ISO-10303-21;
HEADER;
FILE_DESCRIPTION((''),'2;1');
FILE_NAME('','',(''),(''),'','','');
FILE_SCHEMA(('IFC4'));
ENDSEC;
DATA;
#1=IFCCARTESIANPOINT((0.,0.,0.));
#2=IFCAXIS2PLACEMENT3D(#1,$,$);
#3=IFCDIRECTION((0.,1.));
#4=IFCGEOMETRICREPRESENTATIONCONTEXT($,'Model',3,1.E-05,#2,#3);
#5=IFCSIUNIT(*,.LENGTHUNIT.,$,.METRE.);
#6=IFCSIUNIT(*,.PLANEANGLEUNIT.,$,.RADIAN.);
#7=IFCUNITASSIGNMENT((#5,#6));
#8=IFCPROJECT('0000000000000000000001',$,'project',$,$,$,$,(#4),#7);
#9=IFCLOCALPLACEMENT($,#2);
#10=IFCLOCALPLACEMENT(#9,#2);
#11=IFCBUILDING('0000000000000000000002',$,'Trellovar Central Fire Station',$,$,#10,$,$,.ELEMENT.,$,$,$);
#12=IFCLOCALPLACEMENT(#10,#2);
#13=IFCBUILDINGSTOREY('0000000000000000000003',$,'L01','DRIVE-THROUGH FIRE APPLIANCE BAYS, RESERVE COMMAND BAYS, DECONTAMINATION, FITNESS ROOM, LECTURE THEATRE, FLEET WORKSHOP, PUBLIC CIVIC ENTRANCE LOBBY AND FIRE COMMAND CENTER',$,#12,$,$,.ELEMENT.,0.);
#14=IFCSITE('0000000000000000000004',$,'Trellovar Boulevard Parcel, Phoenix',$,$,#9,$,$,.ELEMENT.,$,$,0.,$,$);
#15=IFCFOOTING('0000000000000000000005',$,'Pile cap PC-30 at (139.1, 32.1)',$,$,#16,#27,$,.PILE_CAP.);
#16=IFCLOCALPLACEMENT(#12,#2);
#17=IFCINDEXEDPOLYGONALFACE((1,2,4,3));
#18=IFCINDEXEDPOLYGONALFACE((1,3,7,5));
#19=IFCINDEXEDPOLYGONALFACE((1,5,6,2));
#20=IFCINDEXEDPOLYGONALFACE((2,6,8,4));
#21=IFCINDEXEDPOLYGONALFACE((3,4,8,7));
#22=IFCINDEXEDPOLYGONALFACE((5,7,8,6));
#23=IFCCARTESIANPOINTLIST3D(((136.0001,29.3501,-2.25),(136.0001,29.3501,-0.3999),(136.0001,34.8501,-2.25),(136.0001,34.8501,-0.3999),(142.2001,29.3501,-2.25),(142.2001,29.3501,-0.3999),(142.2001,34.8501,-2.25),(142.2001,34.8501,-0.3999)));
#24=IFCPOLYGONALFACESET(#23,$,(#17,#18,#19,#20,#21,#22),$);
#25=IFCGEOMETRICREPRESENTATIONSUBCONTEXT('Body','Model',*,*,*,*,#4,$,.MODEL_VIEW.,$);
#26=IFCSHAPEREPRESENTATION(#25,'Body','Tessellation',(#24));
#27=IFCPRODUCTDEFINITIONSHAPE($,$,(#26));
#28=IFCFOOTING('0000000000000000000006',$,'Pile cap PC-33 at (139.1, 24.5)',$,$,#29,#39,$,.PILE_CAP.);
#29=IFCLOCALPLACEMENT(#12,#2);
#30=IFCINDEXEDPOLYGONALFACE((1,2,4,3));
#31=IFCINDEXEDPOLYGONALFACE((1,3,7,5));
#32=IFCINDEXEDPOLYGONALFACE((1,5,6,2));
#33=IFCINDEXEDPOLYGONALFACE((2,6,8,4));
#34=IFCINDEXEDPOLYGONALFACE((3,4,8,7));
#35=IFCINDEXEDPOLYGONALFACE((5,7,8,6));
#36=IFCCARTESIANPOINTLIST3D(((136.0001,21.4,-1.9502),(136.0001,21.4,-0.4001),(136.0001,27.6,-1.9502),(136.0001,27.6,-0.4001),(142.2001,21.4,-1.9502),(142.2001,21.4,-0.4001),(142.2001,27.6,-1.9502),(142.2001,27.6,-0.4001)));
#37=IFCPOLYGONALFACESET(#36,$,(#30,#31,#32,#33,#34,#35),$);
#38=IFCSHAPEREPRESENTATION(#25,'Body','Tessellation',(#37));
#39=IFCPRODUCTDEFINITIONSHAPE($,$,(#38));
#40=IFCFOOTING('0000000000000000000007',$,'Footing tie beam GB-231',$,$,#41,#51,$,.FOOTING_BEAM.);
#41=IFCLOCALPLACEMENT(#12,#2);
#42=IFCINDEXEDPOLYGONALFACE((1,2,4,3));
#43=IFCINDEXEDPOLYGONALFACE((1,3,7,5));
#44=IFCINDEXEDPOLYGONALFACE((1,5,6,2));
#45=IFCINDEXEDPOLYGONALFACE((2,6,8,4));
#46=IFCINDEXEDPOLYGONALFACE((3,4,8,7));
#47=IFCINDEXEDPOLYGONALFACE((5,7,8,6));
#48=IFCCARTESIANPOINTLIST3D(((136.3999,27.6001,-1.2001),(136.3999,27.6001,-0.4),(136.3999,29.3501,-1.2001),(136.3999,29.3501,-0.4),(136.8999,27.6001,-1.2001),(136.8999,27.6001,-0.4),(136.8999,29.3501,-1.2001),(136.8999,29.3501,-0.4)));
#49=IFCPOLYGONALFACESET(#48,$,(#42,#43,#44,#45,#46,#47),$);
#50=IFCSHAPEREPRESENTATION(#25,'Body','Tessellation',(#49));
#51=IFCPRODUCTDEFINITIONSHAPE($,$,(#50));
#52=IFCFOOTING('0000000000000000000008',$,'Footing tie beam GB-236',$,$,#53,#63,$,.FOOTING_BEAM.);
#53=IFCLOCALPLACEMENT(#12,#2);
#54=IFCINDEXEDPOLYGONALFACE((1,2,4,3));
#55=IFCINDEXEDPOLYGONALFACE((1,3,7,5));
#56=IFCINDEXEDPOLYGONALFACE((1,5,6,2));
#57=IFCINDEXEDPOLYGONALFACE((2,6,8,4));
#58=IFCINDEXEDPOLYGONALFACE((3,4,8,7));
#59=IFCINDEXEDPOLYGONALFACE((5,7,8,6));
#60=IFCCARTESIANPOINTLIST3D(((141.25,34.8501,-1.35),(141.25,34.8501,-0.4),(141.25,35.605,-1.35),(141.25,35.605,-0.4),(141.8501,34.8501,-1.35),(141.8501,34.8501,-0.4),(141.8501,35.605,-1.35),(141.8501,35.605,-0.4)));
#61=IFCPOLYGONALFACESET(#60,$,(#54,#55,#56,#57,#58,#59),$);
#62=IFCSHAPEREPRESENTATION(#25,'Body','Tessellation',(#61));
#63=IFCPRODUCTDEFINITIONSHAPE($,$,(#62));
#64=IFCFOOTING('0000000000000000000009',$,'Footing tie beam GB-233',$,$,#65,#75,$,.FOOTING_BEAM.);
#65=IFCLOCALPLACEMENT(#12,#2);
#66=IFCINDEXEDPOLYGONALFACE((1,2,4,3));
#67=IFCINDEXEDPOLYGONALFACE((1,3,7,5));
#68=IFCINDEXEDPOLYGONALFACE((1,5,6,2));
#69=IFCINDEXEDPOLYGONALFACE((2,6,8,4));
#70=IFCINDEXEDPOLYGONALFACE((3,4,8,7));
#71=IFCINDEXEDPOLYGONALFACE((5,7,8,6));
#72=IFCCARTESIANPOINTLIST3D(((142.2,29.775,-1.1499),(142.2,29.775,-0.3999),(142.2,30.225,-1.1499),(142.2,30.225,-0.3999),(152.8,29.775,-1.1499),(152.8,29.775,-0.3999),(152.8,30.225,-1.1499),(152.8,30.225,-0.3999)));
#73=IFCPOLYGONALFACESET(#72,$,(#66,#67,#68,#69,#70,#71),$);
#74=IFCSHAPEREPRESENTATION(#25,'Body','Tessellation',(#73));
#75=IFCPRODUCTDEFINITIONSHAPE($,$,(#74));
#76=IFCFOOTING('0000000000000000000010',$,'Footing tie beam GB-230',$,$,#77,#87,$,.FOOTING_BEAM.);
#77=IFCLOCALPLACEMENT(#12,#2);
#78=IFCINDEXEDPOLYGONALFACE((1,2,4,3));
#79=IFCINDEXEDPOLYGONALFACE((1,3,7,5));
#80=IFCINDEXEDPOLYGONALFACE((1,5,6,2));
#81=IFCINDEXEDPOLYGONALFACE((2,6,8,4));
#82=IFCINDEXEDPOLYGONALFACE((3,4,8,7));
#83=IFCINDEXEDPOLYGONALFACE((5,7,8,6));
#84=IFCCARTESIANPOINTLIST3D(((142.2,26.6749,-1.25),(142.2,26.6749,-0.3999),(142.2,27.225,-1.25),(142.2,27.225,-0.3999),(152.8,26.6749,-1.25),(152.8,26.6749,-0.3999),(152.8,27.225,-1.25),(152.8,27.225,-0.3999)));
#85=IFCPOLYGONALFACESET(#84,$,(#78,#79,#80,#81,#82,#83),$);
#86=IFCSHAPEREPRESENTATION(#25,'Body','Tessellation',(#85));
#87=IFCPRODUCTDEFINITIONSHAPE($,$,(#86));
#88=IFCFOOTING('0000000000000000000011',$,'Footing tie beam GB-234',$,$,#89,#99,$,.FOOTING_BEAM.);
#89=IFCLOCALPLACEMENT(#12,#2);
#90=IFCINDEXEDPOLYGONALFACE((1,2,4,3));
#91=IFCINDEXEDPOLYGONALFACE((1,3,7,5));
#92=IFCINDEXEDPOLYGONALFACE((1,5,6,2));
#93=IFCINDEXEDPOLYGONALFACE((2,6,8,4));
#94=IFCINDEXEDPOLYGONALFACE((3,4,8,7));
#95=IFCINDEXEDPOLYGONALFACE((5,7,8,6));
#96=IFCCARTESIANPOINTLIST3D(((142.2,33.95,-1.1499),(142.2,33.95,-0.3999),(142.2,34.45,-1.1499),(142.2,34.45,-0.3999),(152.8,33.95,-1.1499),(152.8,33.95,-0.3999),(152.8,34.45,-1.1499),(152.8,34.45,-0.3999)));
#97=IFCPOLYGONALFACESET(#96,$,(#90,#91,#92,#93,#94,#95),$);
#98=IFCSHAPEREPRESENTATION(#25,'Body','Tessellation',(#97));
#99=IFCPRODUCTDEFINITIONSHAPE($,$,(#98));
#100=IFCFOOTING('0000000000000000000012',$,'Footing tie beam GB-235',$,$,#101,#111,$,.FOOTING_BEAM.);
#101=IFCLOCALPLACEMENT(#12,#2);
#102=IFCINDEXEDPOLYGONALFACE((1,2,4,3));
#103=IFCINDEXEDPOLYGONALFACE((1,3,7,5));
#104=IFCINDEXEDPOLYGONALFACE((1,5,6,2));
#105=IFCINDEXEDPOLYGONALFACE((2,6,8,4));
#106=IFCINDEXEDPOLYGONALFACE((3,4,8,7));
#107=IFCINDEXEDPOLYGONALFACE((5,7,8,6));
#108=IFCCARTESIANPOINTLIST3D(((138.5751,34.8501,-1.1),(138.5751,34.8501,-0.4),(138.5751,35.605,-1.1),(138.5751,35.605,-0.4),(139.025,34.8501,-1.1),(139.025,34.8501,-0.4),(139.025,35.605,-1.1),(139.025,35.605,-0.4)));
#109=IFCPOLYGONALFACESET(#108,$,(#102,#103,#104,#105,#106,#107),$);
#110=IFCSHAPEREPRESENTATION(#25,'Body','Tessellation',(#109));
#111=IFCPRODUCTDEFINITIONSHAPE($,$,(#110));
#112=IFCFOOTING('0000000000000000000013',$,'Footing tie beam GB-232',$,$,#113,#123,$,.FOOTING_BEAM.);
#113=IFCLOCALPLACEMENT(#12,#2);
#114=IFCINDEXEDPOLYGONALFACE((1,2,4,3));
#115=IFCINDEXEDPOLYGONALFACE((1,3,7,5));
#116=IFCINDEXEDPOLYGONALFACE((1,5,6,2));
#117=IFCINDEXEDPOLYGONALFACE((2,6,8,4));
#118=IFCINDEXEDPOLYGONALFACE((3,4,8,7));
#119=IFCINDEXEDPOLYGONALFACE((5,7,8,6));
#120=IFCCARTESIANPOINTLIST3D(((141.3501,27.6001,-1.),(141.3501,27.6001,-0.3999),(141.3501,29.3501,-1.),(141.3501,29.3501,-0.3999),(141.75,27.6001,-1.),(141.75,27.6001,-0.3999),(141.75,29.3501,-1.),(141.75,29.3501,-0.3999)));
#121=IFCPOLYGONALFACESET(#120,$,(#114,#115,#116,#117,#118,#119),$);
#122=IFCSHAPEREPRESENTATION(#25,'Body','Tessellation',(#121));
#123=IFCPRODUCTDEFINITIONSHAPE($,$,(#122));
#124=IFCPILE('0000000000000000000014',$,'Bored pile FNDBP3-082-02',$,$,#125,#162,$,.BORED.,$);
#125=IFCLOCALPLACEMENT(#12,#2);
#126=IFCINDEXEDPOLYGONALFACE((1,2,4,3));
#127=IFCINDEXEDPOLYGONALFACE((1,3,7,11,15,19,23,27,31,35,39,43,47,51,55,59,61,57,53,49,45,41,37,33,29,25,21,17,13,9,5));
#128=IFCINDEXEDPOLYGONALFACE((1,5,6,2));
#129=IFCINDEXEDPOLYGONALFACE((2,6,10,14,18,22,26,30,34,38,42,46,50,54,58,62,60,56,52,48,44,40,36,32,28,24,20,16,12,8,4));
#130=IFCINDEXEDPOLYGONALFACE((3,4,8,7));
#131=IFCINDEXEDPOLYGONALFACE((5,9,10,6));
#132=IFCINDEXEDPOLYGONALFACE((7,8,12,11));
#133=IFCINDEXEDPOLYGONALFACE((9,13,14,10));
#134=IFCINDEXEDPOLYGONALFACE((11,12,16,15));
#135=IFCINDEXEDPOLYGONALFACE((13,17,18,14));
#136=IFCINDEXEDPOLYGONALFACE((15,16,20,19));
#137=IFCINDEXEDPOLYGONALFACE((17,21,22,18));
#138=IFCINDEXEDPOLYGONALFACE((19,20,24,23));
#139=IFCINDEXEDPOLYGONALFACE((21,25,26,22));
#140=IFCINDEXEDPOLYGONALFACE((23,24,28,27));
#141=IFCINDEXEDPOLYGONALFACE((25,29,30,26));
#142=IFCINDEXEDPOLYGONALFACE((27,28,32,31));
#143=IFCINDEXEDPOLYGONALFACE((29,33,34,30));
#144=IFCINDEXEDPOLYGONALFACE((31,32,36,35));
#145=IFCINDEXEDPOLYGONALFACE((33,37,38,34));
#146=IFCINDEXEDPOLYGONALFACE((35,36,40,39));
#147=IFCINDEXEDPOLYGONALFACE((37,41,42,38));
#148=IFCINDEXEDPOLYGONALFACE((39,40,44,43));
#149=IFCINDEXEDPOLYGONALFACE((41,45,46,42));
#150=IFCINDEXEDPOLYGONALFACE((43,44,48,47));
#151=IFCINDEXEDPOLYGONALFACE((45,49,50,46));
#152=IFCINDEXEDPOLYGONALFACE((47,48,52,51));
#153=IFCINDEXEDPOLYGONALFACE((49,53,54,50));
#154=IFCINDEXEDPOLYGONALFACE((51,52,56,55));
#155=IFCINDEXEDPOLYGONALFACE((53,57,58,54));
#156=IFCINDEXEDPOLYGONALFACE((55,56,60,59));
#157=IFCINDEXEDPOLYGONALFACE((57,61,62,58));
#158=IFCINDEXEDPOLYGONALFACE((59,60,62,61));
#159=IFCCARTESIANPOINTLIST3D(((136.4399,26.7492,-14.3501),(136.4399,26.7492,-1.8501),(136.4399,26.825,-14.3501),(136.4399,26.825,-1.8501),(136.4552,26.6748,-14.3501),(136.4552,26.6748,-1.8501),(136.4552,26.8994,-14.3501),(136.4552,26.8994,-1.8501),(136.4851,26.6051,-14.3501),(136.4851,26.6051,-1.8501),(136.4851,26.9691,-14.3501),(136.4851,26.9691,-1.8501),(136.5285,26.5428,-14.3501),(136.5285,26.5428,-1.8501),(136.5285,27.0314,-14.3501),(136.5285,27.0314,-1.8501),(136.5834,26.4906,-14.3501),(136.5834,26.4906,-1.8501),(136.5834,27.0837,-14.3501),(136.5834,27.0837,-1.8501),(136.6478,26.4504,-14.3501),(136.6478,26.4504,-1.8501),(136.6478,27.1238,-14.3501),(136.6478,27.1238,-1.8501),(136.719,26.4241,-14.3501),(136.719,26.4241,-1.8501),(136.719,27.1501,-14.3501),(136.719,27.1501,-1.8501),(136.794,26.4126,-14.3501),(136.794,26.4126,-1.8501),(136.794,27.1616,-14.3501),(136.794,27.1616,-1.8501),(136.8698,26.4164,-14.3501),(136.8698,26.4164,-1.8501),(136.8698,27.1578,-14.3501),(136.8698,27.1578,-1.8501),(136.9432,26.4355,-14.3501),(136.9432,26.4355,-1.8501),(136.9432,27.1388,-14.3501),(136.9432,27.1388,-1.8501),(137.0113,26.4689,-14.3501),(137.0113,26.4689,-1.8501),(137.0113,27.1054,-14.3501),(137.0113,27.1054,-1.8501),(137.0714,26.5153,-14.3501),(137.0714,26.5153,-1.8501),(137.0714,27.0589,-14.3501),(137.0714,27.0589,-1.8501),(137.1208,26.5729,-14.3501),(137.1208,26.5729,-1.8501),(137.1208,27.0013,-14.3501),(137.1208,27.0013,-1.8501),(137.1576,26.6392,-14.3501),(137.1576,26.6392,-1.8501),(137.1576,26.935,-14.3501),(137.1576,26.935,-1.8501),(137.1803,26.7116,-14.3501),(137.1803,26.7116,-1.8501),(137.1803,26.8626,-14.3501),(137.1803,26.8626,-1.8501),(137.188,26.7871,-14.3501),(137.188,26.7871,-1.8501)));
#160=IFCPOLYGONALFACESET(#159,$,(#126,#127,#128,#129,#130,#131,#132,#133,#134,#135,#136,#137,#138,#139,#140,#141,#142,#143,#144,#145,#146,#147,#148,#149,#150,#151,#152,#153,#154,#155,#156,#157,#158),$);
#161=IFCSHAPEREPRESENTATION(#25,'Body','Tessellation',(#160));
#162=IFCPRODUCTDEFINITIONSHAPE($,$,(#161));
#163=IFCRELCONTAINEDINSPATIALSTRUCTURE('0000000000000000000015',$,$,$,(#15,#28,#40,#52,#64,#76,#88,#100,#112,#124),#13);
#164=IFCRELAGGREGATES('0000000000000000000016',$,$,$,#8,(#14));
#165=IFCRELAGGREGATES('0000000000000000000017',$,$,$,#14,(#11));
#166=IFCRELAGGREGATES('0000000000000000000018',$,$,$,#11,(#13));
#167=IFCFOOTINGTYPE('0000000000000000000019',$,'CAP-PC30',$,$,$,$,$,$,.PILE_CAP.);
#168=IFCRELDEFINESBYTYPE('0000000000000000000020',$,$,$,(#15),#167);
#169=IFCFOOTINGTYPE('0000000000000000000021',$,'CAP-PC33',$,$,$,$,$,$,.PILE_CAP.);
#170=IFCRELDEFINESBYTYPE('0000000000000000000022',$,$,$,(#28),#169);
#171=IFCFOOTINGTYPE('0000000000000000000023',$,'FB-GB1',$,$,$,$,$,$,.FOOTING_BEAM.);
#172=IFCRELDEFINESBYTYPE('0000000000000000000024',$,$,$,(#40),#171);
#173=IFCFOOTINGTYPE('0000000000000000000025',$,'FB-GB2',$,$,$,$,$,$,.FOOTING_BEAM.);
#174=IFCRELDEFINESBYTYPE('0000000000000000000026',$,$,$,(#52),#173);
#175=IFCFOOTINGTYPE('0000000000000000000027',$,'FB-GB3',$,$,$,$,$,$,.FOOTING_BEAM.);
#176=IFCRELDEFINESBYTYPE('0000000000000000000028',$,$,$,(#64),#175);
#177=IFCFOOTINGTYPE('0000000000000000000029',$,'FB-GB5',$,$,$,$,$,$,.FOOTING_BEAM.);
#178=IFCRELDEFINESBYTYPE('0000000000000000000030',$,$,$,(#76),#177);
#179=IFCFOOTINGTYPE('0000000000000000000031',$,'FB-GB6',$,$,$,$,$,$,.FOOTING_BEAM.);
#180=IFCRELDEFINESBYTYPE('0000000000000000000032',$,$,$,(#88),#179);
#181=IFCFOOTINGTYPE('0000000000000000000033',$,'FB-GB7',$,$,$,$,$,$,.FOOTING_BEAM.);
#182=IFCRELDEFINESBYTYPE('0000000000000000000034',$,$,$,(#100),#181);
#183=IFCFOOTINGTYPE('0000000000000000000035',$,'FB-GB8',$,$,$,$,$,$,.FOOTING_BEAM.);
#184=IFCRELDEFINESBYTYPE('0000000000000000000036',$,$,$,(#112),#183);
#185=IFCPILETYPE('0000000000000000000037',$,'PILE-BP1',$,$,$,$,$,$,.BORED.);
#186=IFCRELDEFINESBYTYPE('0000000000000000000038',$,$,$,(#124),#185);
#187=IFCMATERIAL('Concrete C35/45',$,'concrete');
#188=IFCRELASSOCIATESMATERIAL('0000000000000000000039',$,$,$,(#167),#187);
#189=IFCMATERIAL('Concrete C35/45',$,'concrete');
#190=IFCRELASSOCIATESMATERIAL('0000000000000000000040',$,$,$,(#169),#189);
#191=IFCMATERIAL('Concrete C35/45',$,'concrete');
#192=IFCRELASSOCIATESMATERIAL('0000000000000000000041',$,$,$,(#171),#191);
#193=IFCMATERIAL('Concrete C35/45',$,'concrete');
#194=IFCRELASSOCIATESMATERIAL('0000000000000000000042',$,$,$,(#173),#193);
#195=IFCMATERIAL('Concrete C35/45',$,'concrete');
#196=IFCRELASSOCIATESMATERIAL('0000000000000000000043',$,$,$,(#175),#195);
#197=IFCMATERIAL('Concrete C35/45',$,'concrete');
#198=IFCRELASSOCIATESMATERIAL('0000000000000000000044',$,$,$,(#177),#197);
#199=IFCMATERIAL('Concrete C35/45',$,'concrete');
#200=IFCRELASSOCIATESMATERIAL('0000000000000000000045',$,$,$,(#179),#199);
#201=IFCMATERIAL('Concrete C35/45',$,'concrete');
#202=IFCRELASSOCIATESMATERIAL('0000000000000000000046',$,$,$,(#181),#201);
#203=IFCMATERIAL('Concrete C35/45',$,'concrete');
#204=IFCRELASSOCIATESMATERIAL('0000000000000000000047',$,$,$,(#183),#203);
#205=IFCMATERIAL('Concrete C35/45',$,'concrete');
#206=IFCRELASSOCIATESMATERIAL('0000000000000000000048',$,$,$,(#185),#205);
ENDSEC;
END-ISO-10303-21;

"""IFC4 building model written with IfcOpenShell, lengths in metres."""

from ifc_helpers import new_model, si_unit, direction, frame, origin, origin_2d, place, context, subcontext, project, spatial, rectangle, circle, extrude, material, material_profile, profile_set, type_object, element, save


model = new_model("IFC4")

# Units and contexts
model_context = context("Model", 3, precision=1e-05, world=origin(), true_north=direction((0.0, 1.0)))
body_context = subcontext(model_context, "Body", "Model", "MODEL_VIEW")
ifc_project = project(units=[si_unit("LENGTHUNIT", "METRE"), si_unit("PLANEANGLEUNIT", "RADIAN")], contexts=[model_context])

# Site, building, storey
site_placement = place(None, origin())
site = spatial("IfcSite", under=ifc_project, at=site_placement, Name="Trellovar Boulevard Parcel, Phoenix", CompositionType="ELEMENT", RefElevation=0.0)
building_placement = place(site_placement, origin())
building = spatial("IfcBuilding", under=site, at=building_placement, Name="Trellovar Central Fire Station", CompositionType="ELEMENT")
storey_placement = place(building_placement, origin())
storey = spatial("IfcBuildingStorey", under=building, at=storey_placement, Name="L01", Description="DRIVE-THROUGH FIRE APPLIANCE BAYS, RESERVE COMMAND BAYS, DECONTAMINATION, FITNESS ROOM, LECTURE THEATRE, FLEET WORKSHOP, PUBLIC CIVIC ENTRANCE LOBBY AND FIRE COMMAND CENTER", CompositionType="ELEMENT", Elevation=0.0)

# Footings
ifc_material_1 = material(Name="Concrete C35/45", Category="concrete")
footing_type_1 = type_object("IfcFootingType", Name="CAP-PC30", PredefinedType="PILE_CAP", material=ifc_material_1)
footing_1_placement = place(storey_placement, frame((139.1001, 32.1001, -2.25), z_axis=(0.0, 0.0, 1.0), x_axis=(1.0, 0.0, 0.0)))
element("IfcFooting", 1, at=footing_1_placement, inside=storey, type_object=footing_type_1, Name="Pile cap PC-30 at (139.1, 32.1)", PredefinedType="PILE_CAP", context=body_context, shape_type="SweptSolid", body=[
    extrude(rectangle(XDim=6.2, YDim=5.5, at=origin_2d()), origin(), (0.0, 0.0, 1.0), 1.8501),
])
ifc_material_2 = material(Name="Concrete C35/45", Category="concrete")
footing_type_2 = type_object("IfcFootingType", Name="CAP-PC33", PredefinedType="PILE_CAP", material=ifc_material_2)
footing_2_placement = place(storey_placement, frame((139.1001, 24.5, -1.9502), z_axis=(0.0, 0.0, 1.0), x_axis=(1.0, 0.0, 0.0)))
element("IfcFooting", 2, at=footing_2_placement, inside=storey, type_object=footing_type_2, Name="Pile cap PC-33 at (139.1, 24.5)", PredefinedType="PILE_CAP", context=body_context, shape_type="SweptSolid", body=[
    extrude(rectangle(XDim=6.2, YDim=6.2, at=origin_2d()), origin(), (0.0, 0.0, 1.0), 1.55),
])
ifc_material_3 = material(Name="Concrete C35/45", Category="concrete")
ifc_material_profile_1 = material_profile(ifc_material_3, rectangle(XDim=0.5, YDim=0.8, at=origin_2d()), Name="RC500X800")
ifc_profile_set_1 = profile_set([ifc_material_profile_1], Name="Concrete C35/45")
footing_type_3 = type_object("IfcFootingType", Name="FB-GB1", PredefinedType="FOOTING_BEAM", material=ifc_profile_set_1)
footing_3_placement = place(storey_placement, frame((136.6499, 27.6001, -0.8), z_axis=(0.0, 1.0, 0.0), x_axis=(-1.0, 0.0, 0.0)))
element("IfcFooting", 3, at=footing_3_placement, inside=storey, type_object=footing_type_3, Name="Footing tie beam GB-231", PredefinedType="FOOTING_BEAM", context=body_context, shape_type="SweptSolid", body=[
    extrude(rectangle(XDim=0.5, YDim=0.8, at=origin_2d()), origin(), (0.0, 0.0, 1.0), 1.75),
])
ifc_material_4 = material(Name="Concrete C35/45", Category="concrete")
ifc_material_profile_2 = material_profile(ifc_material_4, rectangle(XDim=0.6001, YDim=0.95, at=origin_2d()), Name="RC600X950")
ifc_profile_set_2 = profile_set([ifc_material_profile_2], Name="Concrete C35/45")
footing_type_4 = type_object("IfcFootingType", Name="FB-GB2", PredefinedType="FOOTING_BEAM", material=ifc_profile_set_2)
footing_4_placement = place(storey_placement, frame((141.55, 34.8501, -0.875), z_axis=(0.0, 1.0, 0.0), x_axis=(-1.0, 0.0, 0.0)))
element("IfcFooting", 4, at=footing_4_placement, inside=storey, type_object=footing_type_4, Name="Footing tie beam GB-236", PredefinedType="FOOTING_BEAM", context=body_context, shape_type="SweptSolid", body=[
    extrude(rectangle(XDim=0.6001, YDim=0.95, at=origin_2d()), origin(), (0.0, 0.0, 1.0), 0.7549),
])
ifc_material_5 = material(Name="Concrete C35/45", Category="concrete")
ifc_material_profile_3 = material_profile(ifc_material_5, rectangle(XDim=0.45, YDim=0.75, at=origin_2d()), Name="RC450X750")
ifc_profile_set_3 = profile_set([ifc_material_profile_3], Name="Concrete C35/45")
footing_type_5 = type_object("IfcFootingType", Name="FB-GB3", PredefinedType="FOOTING_BEAM", material=ifc_profile_set_3)
footing_5_placement = place(storey_placement, frame((142.2, 30.0, -0.7749), z_axis=(1.0, 0.0, 0.0), x_axis=(0.0, 1.0, 0.0)))
element("IfcFooting", 5, at=footing_5_placement, inside=storey, type_object=footing_type_5, Name="Footing tie beam GB-233", PredefinedType="FOOTING_BEAM", context=body_context, shape_type="SweptSolid", body=[
    extrude(rectangle(XDim=0.45, YDim=0.75, at=origin_2d()), origin(), (0.0, 0.0, 1.0), 10.6001),
])
ifc_material_6 = material(Name="Concrete C35/45", Category="concrete")
ifc_material_profile_4 = material_profile(ifc_material_6, rectangle(XDim=0.55, YDim=0.8501, at=origin_2d()), Name="RC550X850")
ifc_profile_set_4 = profile_set([ifc_material_profile_4], Name="Concrete C35/45")
footing_type_6 = type_object("IfcFootingType", Name="FB-GB5", PredefinedType="FOOTING_BEAM", material=ifc_profile_set_4)
footing_6_placement = place(storey_placement, frame((142.2, 26.95, -0.825), z_axis=(1.0, 0.0, 0.0), x_axis=(0.0, 1.0, 0.0)))
element("IfcFooting", 6, at=footing_6_placement, inside=storey, type_object=footing_type_6, Name="Footing tie beam GB-230", PredefinedType="FOOTING_BEAM", context=body_context, shape_type="SweptSolid", body=[
    extrude(rectangle(XDim=0.55, YDim=0.8501, at=origin_2d()), origin(), (0.0, 0.0, 1.0), 10.6001),
])
ifc_material_7 = material(Name="Concrete C35/45", Category="concrete")
ifc_material_profile_5 = material_profile(ifc_material_7, rectangle(XDim=0.5, YDim=0.75, at=origin_2d()), Name="RC500X750")
ifc_profile_set_5 = profile_set([ifc_material_profile_5], Name="Concrete C35/45")
footing_type_7 = type_object("IfcFootingType", Name="FB-GB6", PredefinedType="FOOTING_BEAM", material=ifc_profile_set_5)
footing_7_placement = place(storey_placement, frame((142.2, 34.2, -0.7749), z_axis=(1.0, 0.0, 0.0), x_axis=(0.0, 1.0, 0.0)))
element("IfcFooting", 7, at=footing_7_placement, inside=storey, type_object=footing_type_7, Name="Footing tie beam GB-234", PredefinedType="FOOTING_BEAM", context=body_context, shape_type="SweptSolid", body=[
    extrude(rectangle(XDim=0.5, YDim=0.75, at=origin_2d()), origin(), (0.0, 0.0, 1.0), 10.6001),
])
ifc_material_8 = material(Name="Concrete C35/45", Category="concrete")
ifc_material_profile_6 = material_profile(ifc_material_8, rectangle(XDim=0.45, YDim=0.7, at=origin_2d()), Name="RC450X700")
ifc_profile_set_6 = profile_set([ifc_material_profile_6], Name="Concrete C35/45")
footing_type_8 = type_object("IfcFootingType", Name="FB-GB7", PredefinedType="FOOTING_BEAM", material=ifc_profile_set_6)
footing_8_placement = place(storey_placement, frame((138.8, 34.8501, -0.75), z_axis=(0.0, 1.0, 0.0), x_axis=(-1.0, 0.0, 0.0)))
element("IfcFooting", 8, at=footing_8_placement, inside=storey, type_object=footing_type_8, Name="Footing tie beam GB-235", PredefinedType="FOOTING_BEAM", context=body_context, shape_type="SweptSolid", body=[
    extrude(rectangle(XDim=0.45, YDim=0.7, at=origin_2d()), origin(), (0.0, 0.0, 1.0), 0.7549),
])
ifc_material_9 = material(Name="Concrete C35/45", Category="concrete")
ifc_material_profile_7 = material_profile(ifc_material_9, rectangle(XDim=0.3999, YDim=0.6001, at=origin_2d()), Name="RC400X600")
ifc_profile_set_7 = profile_set([ifc_material_profile_7], Name="Concrete C35/45")
footing_type_9 = type_object("IfcFootingType", Name="FB-GB8", PredefinedType="FOOTING_BEAM", material=ifc_profile_set_7)
footing_9_placement = place(storey_placement, frame((141.55, 27.6001, -0.7), z_axis=(0.0, 1.0, 0.0), x_axis=(-1.0, 0.0, 0.0)))
element("IfcFooting", 9, at=footing_9_placement, inside=storey, type_object=footing_type_9, Name="Footing tie beam GB-232", PredefinedType="FOOTING_BEAM", context=body_context, shape_type="SweptSolid", body=[
    extrude(rectangle(XDim=0.3999, YDim=0.6001, at=origin_2d()), origin(), (0.0, 0.0, 1.0), 1.75),
])

# Pile
ifc_material_10 = material(Name="Concrete C35/45", Category="concrete")
ifc_material_profile_8 = material_profile(ifc_material_10, circle(Radius=0.375, at=origin_2d()), Name="PILE750")
ifc_profile_set_8 = profile_set([ifc_material_profile_8], Name="Concrete C35/45")
pile_type_1 = type_object("IfcPileType", Name="PILE-BP1", PredefinedType="BORED", material=ifc_profile_set_8)
for number, where, z_axis, x_axis, name in (
    (10, (136.813, 26.7871, -1.8501), (0.0, 0.0, -1.0), (1.0, 0.0, 0.0), "Bored pile FNDBP3-082-02"),
):
    element("IfcPile", number, at=place(storey_placement, frame(where, z_axis=z_axis, x_axis=x_axis)), inside=storey, type_object=pile_type_1, Name=name, PredefinedType="BORED", context=body_context, shape_type="SweptSolid", body=[
        extrude(circle(Radius=0.375, at=origin_2d()), origin(), (0.0, 0.0, 1.0), 12.5),
    ])

save(model, "model.ifc")
